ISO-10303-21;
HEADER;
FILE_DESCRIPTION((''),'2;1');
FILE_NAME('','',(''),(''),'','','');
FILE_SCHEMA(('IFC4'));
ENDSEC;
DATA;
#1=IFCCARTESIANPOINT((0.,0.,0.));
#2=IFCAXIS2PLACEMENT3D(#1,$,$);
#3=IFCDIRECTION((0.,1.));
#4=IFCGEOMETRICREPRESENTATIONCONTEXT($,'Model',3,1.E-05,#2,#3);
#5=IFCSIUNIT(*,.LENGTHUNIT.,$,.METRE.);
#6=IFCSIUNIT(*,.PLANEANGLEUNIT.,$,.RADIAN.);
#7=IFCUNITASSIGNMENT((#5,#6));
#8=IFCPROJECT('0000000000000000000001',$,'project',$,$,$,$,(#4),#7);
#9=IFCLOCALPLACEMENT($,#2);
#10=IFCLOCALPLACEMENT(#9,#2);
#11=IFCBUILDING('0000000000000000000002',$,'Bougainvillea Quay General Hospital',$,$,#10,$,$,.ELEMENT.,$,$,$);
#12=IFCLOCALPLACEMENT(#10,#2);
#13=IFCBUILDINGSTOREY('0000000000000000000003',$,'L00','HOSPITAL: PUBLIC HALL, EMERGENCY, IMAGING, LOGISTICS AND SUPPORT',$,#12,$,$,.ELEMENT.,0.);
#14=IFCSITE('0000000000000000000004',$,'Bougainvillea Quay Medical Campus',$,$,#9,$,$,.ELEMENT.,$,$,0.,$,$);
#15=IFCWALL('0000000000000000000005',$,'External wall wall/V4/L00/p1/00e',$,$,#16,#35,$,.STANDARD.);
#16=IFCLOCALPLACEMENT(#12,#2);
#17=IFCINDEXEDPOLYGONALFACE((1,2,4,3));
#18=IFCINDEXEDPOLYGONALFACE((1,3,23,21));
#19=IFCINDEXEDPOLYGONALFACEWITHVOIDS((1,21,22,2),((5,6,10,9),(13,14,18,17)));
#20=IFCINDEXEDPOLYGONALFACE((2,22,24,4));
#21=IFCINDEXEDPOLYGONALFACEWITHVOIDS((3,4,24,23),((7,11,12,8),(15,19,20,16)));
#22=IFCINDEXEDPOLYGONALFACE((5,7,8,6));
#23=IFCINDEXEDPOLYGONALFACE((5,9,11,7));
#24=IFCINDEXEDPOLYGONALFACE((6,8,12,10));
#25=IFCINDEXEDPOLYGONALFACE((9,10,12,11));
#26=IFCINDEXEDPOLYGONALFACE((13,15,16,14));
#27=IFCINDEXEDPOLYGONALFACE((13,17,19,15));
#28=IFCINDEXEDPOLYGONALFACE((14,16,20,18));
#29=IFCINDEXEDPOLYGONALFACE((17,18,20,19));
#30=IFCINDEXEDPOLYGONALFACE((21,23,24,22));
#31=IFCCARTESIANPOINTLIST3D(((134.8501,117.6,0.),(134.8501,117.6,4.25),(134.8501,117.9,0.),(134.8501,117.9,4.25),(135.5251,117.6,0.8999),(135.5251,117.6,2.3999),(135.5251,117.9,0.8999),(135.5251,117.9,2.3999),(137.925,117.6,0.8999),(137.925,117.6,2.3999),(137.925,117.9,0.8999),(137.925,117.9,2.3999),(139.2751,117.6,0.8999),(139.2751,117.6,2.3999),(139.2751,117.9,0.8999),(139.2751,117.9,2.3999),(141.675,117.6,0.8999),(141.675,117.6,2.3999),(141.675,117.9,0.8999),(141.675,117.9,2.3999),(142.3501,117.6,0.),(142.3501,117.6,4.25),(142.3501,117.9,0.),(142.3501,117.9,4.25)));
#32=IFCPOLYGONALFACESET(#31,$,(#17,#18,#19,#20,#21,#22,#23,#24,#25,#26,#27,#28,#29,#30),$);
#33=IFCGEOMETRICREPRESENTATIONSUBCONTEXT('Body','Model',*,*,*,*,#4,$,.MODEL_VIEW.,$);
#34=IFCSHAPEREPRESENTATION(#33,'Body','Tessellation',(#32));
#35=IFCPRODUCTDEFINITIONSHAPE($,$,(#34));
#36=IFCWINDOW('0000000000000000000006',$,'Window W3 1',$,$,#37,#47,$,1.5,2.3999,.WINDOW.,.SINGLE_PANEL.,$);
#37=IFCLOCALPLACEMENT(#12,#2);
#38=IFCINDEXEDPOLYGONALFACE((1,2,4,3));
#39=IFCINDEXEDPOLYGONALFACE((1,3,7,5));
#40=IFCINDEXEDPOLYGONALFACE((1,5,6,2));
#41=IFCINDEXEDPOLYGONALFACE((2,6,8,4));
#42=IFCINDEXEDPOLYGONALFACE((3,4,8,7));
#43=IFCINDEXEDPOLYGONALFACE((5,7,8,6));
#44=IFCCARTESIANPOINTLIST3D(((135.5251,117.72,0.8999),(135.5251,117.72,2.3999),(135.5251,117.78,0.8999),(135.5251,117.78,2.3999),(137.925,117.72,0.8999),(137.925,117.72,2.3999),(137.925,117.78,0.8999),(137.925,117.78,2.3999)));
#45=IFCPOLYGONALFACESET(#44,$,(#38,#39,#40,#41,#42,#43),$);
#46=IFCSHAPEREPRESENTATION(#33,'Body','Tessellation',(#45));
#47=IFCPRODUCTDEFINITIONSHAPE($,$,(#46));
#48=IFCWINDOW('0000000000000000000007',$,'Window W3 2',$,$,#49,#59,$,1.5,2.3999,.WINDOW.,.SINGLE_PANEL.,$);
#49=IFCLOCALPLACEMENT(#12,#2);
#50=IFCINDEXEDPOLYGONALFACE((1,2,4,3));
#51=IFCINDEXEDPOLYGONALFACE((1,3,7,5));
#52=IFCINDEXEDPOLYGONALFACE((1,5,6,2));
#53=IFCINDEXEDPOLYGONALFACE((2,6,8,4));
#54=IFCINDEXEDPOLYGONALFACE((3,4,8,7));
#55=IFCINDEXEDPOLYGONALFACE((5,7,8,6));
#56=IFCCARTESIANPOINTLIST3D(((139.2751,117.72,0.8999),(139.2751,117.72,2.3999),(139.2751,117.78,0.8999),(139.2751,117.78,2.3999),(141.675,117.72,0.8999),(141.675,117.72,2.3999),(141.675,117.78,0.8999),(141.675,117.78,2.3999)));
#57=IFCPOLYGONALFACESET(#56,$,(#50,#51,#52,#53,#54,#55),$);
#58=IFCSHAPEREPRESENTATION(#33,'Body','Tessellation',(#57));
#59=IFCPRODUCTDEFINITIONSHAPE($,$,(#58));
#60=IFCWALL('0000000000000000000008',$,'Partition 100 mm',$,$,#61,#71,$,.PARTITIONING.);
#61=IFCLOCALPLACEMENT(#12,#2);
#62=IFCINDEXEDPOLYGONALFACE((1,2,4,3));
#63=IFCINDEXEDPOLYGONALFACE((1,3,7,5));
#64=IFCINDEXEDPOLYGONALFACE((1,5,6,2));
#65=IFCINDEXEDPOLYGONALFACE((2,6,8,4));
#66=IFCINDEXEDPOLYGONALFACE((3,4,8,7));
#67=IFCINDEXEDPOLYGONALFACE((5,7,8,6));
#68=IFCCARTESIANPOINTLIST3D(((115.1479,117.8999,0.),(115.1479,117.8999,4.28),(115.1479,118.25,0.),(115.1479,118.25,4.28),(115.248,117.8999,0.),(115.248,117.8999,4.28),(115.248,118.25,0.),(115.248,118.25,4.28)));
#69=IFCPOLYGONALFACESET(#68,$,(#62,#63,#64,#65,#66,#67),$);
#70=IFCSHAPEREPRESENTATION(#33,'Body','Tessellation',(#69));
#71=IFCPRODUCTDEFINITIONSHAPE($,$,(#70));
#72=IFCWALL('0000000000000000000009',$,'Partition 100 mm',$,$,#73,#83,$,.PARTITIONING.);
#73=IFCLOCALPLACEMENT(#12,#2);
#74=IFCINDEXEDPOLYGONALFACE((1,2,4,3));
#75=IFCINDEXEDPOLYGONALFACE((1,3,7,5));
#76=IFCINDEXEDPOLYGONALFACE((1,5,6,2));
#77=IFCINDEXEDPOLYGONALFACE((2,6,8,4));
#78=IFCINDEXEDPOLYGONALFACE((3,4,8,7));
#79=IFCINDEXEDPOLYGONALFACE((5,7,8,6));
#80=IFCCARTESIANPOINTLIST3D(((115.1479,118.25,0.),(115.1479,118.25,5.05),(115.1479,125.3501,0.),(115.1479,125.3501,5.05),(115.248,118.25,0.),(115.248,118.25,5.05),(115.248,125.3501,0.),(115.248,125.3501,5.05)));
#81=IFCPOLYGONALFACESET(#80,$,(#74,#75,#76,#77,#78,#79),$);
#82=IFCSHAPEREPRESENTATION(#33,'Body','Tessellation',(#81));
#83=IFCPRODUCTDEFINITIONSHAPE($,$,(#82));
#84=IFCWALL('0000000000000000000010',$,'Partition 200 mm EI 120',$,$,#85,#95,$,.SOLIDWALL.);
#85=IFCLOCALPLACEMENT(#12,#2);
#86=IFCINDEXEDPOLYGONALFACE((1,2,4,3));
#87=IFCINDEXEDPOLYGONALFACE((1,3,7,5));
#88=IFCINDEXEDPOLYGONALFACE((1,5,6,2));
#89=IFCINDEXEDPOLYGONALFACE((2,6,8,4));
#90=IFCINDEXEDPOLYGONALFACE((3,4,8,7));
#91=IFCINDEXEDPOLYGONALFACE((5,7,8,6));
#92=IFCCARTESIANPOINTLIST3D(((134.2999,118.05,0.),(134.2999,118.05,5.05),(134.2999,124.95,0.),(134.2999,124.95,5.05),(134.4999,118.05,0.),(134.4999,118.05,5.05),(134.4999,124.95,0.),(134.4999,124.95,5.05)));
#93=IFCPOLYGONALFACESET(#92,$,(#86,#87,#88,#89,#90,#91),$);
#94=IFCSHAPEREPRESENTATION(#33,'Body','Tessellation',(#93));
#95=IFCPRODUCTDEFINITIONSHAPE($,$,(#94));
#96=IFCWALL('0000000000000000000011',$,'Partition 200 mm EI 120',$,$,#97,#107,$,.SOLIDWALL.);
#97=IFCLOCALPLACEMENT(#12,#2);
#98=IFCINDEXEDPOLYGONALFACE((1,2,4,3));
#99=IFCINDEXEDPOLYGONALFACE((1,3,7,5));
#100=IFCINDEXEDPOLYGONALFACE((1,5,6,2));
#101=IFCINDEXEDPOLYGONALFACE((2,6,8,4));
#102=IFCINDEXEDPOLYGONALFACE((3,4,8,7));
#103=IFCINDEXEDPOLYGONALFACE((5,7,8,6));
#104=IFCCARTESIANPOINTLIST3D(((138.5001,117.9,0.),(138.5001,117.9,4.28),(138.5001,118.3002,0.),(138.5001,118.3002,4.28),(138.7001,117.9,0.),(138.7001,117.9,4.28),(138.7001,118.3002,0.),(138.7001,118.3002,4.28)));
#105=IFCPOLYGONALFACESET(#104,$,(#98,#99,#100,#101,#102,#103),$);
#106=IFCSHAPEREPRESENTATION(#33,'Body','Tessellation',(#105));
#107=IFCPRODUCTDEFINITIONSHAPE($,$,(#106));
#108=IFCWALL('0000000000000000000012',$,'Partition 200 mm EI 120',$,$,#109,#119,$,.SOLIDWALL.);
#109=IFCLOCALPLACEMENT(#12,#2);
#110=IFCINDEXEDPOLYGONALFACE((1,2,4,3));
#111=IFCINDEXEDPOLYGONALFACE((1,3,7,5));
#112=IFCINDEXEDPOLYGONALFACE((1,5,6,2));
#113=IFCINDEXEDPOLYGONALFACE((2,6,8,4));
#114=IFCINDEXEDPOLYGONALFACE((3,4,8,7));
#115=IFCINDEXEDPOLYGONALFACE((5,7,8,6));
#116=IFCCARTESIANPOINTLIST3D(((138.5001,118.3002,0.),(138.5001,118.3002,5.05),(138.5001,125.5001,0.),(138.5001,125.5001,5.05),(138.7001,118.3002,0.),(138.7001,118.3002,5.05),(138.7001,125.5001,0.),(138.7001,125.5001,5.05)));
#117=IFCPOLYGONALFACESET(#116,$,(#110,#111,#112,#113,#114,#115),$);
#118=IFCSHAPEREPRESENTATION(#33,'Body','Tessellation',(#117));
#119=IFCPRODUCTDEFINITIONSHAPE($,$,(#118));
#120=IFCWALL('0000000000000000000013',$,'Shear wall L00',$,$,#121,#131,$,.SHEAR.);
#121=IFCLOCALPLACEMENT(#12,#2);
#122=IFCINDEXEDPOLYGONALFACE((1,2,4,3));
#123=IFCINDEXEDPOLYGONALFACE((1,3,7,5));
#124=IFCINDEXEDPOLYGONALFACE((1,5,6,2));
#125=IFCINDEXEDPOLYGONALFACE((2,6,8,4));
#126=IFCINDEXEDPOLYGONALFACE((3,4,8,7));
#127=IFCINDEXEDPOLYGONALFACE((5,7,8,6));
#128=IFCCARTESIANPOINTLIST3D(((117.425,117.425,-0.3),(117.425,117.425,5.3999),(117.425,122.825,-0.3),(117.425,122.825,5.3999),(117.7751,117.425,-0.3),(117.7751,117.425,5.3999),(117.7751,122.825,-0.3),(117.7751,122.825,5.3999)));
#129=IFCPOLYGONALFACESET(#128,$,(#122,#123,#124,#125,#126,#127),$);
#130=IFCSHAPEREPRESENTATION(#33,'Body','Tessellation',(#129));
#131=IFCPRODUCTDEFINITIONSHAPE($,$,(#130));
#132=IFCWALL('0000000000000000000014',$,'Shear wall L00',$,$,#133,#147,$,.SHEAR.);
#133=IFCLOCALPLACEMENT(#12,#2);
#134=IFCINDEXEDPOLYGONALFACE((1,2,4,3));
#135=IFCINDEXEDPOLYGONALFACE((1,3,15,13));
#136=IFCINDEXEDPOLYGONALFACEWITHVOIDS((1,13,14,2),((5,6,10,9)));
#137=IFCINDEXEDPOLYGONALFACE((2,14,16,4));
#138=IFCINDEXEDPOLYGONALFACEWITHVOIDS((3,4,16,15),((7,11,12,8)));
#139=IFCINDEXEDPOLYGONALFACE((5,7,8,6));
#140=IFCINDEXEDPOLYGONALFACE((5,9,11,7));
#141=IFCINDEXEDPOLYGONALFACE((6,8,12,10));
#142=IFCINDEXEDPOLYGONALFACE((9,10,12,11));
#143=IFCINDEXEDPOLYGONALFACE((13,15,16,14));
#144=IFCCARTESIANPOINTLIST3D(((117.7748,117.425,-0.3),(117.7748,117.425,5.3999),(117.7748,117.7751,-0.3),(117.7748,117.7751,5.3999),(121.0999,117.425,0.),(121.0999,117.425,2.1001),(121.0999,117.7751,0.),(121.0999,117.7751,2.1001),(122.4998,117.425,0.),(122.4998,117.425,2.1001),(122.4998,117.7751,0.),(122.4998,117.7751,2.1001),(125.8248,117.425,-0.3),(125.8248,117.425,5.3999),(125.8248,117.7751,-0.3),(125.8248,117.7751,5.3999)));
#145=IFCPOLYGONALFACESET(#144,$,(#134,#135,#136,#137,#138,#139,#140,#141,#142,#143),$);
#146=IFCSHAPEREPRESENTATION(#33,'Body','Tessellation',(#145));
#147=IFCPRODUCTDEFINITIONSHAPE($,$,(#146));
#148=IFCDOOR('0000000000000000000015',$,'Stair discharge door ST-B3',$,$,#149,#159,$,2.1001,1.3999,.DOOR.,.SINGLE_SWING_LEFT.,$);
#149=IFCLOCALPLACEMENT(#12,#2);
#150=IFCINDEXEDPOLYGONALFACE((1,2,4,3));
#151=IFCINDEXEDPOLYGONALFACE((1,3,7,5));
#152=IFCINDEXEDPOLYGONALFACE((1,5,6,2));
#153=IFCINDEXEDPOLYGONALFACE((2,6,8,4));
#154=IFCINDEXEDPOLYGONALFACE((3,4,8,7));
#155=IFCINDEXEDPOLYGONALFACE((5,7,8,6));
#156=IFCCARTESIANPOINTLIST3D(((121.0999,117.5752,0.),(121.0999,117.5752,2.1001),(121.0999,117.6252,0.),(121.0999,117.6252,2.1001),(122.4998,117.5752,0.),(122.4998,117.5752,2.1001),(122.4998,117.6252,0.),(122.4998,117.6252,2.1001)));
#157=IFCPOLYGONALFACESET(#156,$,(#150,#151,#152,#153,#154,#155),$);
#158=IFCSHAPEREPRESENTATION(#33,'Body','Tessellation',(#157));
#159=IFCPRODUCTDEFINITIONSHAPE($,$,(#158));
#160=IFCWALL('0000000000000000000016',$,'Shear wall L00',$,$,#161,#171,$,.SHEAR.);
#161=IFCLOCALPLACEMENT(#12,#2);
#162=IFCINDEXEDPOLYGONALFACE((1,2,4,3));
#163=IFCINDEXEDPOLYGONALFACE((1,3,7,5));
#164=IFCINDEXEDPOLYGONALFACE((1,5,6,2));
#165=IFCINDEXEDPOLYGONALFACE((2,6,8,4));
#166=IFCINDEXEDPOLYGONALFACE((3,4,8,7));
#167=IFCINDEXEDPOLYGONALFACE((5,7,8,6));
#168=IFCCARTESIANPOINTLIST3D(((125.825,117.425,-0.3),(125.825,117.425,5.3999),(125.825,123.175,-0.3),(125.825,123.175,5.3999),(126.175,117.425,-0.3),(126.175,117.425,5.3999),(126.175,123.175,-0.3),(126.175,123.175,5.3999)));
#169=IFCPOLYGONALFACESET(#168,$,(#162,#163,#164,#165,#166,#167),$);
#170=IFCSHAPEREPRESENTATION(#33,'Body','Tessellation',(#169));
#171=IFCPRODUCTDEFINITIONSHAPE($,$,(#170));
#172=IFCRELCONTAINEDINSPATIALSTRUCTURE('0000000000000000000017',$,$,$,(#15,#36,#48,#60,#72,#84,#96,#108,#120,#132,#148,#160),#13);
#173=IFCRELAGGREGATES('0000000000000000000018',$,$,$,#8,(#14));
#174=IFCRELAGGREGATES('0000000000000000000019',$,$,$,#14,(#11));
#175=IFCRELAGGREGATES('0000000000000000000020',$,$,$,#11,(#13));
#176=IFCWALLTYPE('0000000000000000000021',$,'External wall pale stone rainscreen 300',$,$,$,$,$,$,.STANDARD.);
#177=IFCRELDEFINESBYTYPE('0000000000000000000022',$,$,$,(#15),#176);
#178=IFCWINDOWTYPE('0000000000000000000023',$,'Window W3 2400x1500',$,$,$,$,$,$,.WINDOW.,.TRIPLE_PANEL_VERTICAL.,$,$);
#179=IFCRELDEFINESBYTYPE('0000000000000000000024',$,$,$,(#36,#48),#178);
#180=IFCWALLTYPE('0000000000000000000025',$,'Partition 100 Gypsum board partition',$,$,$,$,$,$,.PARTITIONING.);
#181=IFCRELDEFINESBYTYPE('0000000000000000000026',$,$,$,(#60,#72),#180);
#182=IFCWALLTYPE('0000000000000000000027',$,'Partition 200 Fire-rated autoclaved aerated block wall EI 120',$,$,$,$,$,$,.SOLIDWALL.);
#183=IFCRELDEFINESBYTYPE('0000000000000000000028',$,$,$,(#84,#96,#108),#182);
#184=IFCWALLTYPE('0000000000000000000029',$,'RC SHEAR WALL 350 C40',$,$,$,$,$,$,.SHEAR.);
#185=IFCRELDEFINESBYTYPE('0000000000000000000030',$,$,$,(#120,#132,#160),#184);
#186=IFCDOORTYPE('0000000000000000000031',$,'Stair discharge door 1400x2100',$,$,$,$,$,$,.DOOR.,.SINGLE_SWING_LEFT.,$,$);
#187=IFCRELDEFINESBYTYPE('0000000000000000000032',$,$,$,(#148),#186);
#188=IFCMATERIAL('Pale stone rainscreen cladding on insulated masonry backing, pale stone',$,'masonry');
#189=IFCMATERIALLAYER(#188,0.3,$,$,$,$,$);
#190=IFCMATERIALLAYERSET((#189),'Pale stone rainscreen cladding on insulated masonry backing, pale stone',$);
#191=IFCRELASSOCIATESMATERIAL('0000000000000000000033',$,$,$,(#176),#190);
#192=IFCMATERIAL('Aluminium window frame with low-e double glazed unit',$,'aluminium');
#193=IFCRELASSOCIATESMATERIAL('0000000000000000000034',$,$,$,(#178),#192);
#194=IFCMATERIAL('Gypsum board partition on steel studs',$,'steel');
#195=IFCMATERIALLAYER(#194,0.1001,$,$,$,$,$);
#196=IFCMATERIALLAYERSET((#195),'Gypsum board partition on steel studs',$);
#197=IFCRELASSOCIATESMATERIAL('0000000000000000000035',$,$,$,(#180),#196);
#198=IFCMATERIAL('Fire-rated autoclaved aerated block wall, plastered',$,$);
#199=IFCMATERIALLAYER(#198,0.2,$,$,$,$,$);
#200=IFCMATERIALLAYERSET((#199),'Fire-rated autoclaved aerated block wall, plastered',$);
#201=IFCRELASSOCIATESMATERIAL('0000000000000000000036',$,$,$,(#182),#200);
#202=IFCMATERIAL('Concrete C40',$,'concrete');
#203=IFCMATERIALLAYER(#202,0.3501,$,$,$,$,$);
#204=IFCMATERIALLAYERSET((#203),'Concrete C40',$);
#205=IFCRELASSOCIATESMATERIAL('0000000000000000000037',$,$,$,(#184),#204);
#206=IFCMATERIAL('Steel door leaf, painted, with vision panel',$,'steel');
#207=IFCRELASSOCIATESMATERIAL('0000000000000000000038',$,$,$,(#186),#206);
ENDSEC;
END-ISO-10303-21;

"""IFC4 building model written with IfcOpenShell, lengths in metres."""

from ifc_helpers import new_model, si_unit, direction, frame, frame_2d, origin, place, context, subcontext, project, spatial, rectangle, extrude, material, layer, layer_set, type_object, element, fill, save


model = new_model("IFC4")

# Units and contexts
model_context = context("Model", 3, precision=1e-05, world=origin(), true_north=direction((0.0, 1.0)))
body_context = subcontext(model_context, "Body", "Model", "MODEL_VIEW")
ifc_project = project(units=[si_unit("LENGTHUNIT", "METRE"), si_unit("PLANEANGLEUNIT", "RADIAN")], contexts=[model_context])

# Site, building, storey
site_placement = place(None, origin())
site = spatial("IfcSite", under=ifc_project, at=site_placement, Name="Bougainvillea Quay Medical Campus", CompositionType="ELEMENT", RefElevation=0.0)
building_placement = place(site_placement, origin())
building = spatial("IfcBuilding", under=site, at=building_placement, Name="Bougainvillea Quay General Hospital", CompositionType="ELEMENT")
storey_placement = place(building_placement, origin())
storey = spatial("IfcBuildingStorey", under=building, at=storey_placement, Name="L00", Description="HOSPITAL: PUBLIC HALL, EMERGENCY, IMAGING, LOGISTICS AND SUPPORT", CompositionType="ELEMENT", Elevation=0.0)

# Shared definitions
ifc_material_1 = material(Name="Concrete C40", Category="concrete")

# Wall, openings, windows
ifc_material_2 = material(Name="Pale stone rainscreen cladding on insulated masonry backing, pale stone", Category="masonry")
ifc_layer_1 = layer(ifc_material_2, 0.3)
ifc_layer_set_1 = layer_set([ifc_layer_1], Name="Pale stone rainscreen cladding on insulated masonry backing, pale stone")
wall_type_1 = type_object("IfcWallType", Name="External wall pale stone rainscreen 300", PredefinedType="STANDARD", material=ifc_layer_set_1)
ifc_material_3 = material(Name="Aluminium window frame with low-e double glazed unit", Category="aluminium")
window_type = type_object("IfcWindowType", Name="Window W3 2400x1500", PartitioningType="TRIPLE_PANEL_VERTICAL", PredefinedType="WINDOW", material=ifc_material_3)
wall_1_placement = place(storey_placement, frame((134.8501, 117.75, 0.0), z_axis=(0.0, 0.0, 1.0), x_axis=(1.0, 0.0, 0.0)))
wall_1 = element("IfcWall", 1, at=wall_1_placement, inside=storey, type_object=wall_type_1, Name="External wall wall/V4/L00/p1/00e", PredefinedType="STANDARD", context=body_context, shape_type="SweptSolid", body=[
    extrude(rectangle(XDim=7.5, YDim=0.3, at=frame_2d((3.75, 0.0))), origin(), (0.0, 0.0, 1.0), 4.25),
])
opening_1_placement = place(wall_1_placement, frame((0.675, 0.0, 0.8999)))
opening_1 = element("IfcOpeningElement", 2, at=opening_1_placement, cuts=wall_1, PredefinedType="OPENING", context=body_context, shape_type="SweptSolid", body=[
    extrude(rectangle(XDim=2.3999, YDim=1.5, at=frame_2d((1.2, 0.75))), frame((0.0, 0.1599, 0.0), z_axis=(0.0, -1.0, 0.0), x_axis=(1.0, 0.0, 0.0)), (0.0, 0.0, 1.0), 0.3201),
])
opening_2_placement = place(wall_1_placement, frame((4.425, 0.0, 0.8999)))
opening_2 = element("IfcOpeningElement", 3, at=opening_2_placement, cuts=wall_1, PredefinedType="OPENING", context=body_context, shape_type="SweptSolid", body=[
    extrude(rectangle(XDim=2.3999, YDim=1.5, at=frame_2d((1.2, 0.75))), frame((0.0, 0.1599, 0.0), z_axis=(0.0, -1.0, 0.0), x_axis=(1.0, 0.0, 0.0)), (0.0, 0.0, 1.0), 0.3201),
])
window_1_placement = place(opening_1_placement, origin())
window_1 = element("IfcWindow", 4, at=window_1_placement, inside=storey, type_object=window_type, Name="Window W3 1", OverallHeight=1.5, OverallWidth=2.3999, PartitioningType="SINGLE_PANEL", PredefinedType="WINDOW", context=body_context, shape_type="SweptSolid", body=[
    extrude(rectangle(XDim=2.3999, YDim=1.5, at=frame_2d((1.2, 0.75))), frame((0.0, 0.03, 0.0), z_axis=(0.0, -1.0, 0.0), x_axis=(1.0, 0.0, 0.0)), (0.0, 0.0, 1.0), 0.0601),
])
fill(opening_1, window_1)
window_2_placement = place(opening_2_placement, origin())
window_2 = element("IfcWindow", 5, at=window_2_placement, inside=storey, type_object=window_type, Name="Window W3 2", OverallHeight=1.5, OverallWidth=2.3999, PartitioningType="SINGLE_PANEL", PredefinedType="WINDOW", context=body_context, shape_type="SweptSolid", body=[
    extrude(rectangle(XDim=2.3999, YDim=1.5, at=frame_2d((1.2, 0.75))), frame((0.0, 0.03, 0.0), z_axis=(0.0, -1.0, 0.0), x_axis=(1.0, 0.0, 0.0)), (0.0, 0.0, 1.0), 0.0601),
])
fill(opening_2, window_2)

# Walls
ifc_material_4 = material(Name="Gypsum board partition on steel studs", Category="steel")
ifc_layer_2 = layer(ifc_material_4, 0.1001)
ifc_layer_set_2 = layer_set([ifc_layer_2], Name="Gypsum board partition on steel studs")
wall_type_2 = type_object("IfcWallType", Name="Partition 100 Gypsum board partition", PredefinedType="PARTITIONING", material=ifc_layer_set_2)
wall_2_placement = place(storey_placement, frame((115.198, 117.8999, 0.0), z_axis=(0.0, 0.0, 1.0), x_axis=(0.0, 1.0, 0.0)))
element("IfcWall", 6, at=wall_2_placement, inside=storey, type_object=wall_type_2, Name="Partition 100 mm", PredefinedType="PARTITIONING", context=body_context, shape_type="SweptSolid", body=[
    extrude(rectangle(XDim=0.3501, YDim=0.1001, at=frame_2d((0.175, 0.0))), origin(), (0.0, 0.0, 1.0), 4.28),
])
wall_3_placement = place(storey_placement, frame((115.198, 118.25, 0.0), z_axis=(0.0, 0.0, 1.0), x_axis=(0.0, 1.0, 0.0)))
element("IfcWall", 7, at=wall_3_placement, inside=storey, type_object=wall_type_2, Name="Partition 100 mm", PredefinedType="PARTITIONING", context=body_context, shape_type="SweptSolid", body=[
    extrude(rectangle(XDim=7.1001, YDim=0.1001, at=frame_2d((3.55, 0.0))), origin(), (0.0, 0.0, 1.0), 5.05),
])
ifc_material_5 = material(Name="Fire-rated autoclaved aerated block wall, plastered")
ifc_layer_3 = layer(ifc_material_5, 0.2)
ifc_layer_set_3 = layer_set([ifc_layer_3], Name="Fire-rated autoclaved aerated block wall, plastered")
wall_type_3 = type_object("IfcWallType", Name="Partition 200 Fire-rated autoclaved aerated block wall EI 120", PredefinedType="SOLIDWALL", material=ifc_layer_set_3)
wall_4_placement = place(storey_placement, frame((134.3999, 118.05, 0.0), z_axis=(0.0, 0.0, 1.0), x_axis=(0.0, 1.0, 0.0)))
element("IfcWall", 8, at=wall_4_placement, inside=storey, type_object=wall_type_3, Name="Partition 200 mm EI 120", PredefinedType="SOLIDWALL", context=body_context, shape_type="SweptSolid", body=[
    extrude(rectangle(XDim=6.8999, YDim=0.2, at=frame_2d((3.45, 0.0))), origin(), (0.0, 0.0, 1.0), 5.05),
])
wall_5_placement = place(storey_placement, frame((138.6001, 117.8999, 0.0), z_axis=(0.0, 0.0, 1.0), x_axis=(0.0, 1.0, 0.0)))
element("IfcWall", 9, at=wall_5_placement, inside=storey, type_object=wall_type_3, Name="Partition 200 mm EI 120", PredefinedType="SOLIDWALL", context=body_context, shape_type="SweptSolid", body=[
    extrude(rectangle(XDim=0.4001, YDim=0.2, at=frame_2d((0.2002, 0.0))), origin(), (0.0, 0.0, 1.0), 4.28),
])
wall_6_placement = place(storey_placement, frame((138.6001, 118.3, 0.0), z_axis=(0.0, 0.0, 1.0), x_axis=(0.0, 1.0, 0.0)))
element("IfcWall", 10, at=wall_6_placement, inside=storey, type_object=wall_type_3, Name="Partition 200 mm EI 120", PredefinedType="SOLIDWALL", context=body_context, shape_type="SweptSolid", body=[
    extrude(rectangle(XDim=7.2, YDim=0.2, at=frame_2d((3.6001, 0.0))), origin(), (0.0, 0.0, 1.0), 5.05),
])
ifc_layer_4 = layer(ifc_material_1, 0.3501)
ifc_layer_set_4 = layer_set([ifc_layer_4], Name="Concrete C40")
wall_type_4 = type_object("IfcWallType", Name="RC SHEAR WALL 350 C40", PredefinedType="SHEAR", material=ifc_layer_set_4)
wall_7_placement = place(storey_placement, frame((117.6001, 117.425, -0.3), z_axis=(0.0, 0.0, 1.0), x_axis=(0.0, 1.0, 0.0)))
element("IfcWall", 11, at=wall_7_placement, inside=storey, type_object=wall_type_4, Name="Shear wall L00", PredefinedType="SHEAR", context=body_context, shape_type="SweptSolid", body=[
    extrude(rectangle(XDim=5.3999, YDim=0.3501, at=frame_2d((2.7, 0.0))), origin(), (0.0, 0.0, 1.0), 5.7),
])

# Wall, opening, door
wall_8_placement = place(storey_placement, frame((117.7749, 117.6001, -0.3), z_axis=(0.0, 0.0, 1.0), x_axis=(1.0, 0.0, 0.0)))
wall_8 = element("IfcWall", 12, at=wall_8_placement, inside=storey, type_object=wall_type_4, Name="Shear wall L00", PredefinedType="SHEAR", context=body_context, shape_type="SweptSolid", body=[
    extrude(rectangle(XDim=8.05, YDim=0.3501, at=frame_2d((4.0249, 0.0))), origin(), (0.0, 0.0, 1.0), 5.7),
])
opening_3_placement = place(wall_8_placement, frame((3.325, 0.0, 0.3)))
opening_3 = element("IfcOpeningElement", 13, at=opening_3_placement, cuts=wall_8, PredefinedType="OPENING", context=body_context, shape_type="SweptSolid", body=[
    extrude(rectangle(XDim=1.3999, YDim=2.1001, at=frame_2d((0.7, 1.05))), frame((0.0, 0.1851, 0.0), z_axis=(0.0, -1.0, 0.0), x_axis=(1.0, 0.0, 0.0)), (0.0, 0.0, 1.0), 0.3701),
])
ifc_material_6 = material(Name="Steel door leaf, painted, with vision panel", Category="steel")
door_type = type_object("IfcDoorType", Name="Stair discharge door 1400x2100", OperationType="SINGLE_SWING_LEFT", PredefinedType="DOOR", material=ifc_material_6)
door_placement = place(opening_3_placement, frame((1.3999, 0.0, 0.0), z_axis=(0.0, 0.0, 1.0), x_axis=(-1.0, 0.0, 0.0)))
door = element("IfcDoor", 14, at=door_placement, inside=storey, type_object=door_type, Name="Stair discharge door ST-B3", OperationType="SINGLE_SWING_LEFT", OverallHeight=2.1001, OverallWidth=1.3999, PredefinedType="DOOR", context=body_context, shape_type="SweptSolid", body=[
    extrude(rectangle(XDim=1.3999, YDim=2.1001, at=frame_2d((0.7, 1.05))), frame((0.0, 0.0249, 0.0), z_axis=(0.0, -1.0, 0.0), x_axis=(1.0, 0.0, 0.0)), (0.0, 0.0, 1.0), 0.05),
])
fill(opening_3, door)

# Wall
wall_9_placement = place(storey_placement, frame((126.0, 117.425, -0.3), z_axis=(0.0, 0.0, 1.0), x_axis=(0.0, 1.0, 0.0)))
element("IfcWall", 15, at=wall_9_placement, inside=storey, type_object=wall_type_4, Name="Shear wall L00", PredefinedType="SHEAR", context=body_context, shape_type="SweptSolid", body=[
    extrude(rectangle(XDim=5.75, YDim=0.3501, at=frame_2d((2.875, 0.0))), origin(), (0.0, 0.0, 1.0), 5.7),
])

save(model, "model.ifc")
